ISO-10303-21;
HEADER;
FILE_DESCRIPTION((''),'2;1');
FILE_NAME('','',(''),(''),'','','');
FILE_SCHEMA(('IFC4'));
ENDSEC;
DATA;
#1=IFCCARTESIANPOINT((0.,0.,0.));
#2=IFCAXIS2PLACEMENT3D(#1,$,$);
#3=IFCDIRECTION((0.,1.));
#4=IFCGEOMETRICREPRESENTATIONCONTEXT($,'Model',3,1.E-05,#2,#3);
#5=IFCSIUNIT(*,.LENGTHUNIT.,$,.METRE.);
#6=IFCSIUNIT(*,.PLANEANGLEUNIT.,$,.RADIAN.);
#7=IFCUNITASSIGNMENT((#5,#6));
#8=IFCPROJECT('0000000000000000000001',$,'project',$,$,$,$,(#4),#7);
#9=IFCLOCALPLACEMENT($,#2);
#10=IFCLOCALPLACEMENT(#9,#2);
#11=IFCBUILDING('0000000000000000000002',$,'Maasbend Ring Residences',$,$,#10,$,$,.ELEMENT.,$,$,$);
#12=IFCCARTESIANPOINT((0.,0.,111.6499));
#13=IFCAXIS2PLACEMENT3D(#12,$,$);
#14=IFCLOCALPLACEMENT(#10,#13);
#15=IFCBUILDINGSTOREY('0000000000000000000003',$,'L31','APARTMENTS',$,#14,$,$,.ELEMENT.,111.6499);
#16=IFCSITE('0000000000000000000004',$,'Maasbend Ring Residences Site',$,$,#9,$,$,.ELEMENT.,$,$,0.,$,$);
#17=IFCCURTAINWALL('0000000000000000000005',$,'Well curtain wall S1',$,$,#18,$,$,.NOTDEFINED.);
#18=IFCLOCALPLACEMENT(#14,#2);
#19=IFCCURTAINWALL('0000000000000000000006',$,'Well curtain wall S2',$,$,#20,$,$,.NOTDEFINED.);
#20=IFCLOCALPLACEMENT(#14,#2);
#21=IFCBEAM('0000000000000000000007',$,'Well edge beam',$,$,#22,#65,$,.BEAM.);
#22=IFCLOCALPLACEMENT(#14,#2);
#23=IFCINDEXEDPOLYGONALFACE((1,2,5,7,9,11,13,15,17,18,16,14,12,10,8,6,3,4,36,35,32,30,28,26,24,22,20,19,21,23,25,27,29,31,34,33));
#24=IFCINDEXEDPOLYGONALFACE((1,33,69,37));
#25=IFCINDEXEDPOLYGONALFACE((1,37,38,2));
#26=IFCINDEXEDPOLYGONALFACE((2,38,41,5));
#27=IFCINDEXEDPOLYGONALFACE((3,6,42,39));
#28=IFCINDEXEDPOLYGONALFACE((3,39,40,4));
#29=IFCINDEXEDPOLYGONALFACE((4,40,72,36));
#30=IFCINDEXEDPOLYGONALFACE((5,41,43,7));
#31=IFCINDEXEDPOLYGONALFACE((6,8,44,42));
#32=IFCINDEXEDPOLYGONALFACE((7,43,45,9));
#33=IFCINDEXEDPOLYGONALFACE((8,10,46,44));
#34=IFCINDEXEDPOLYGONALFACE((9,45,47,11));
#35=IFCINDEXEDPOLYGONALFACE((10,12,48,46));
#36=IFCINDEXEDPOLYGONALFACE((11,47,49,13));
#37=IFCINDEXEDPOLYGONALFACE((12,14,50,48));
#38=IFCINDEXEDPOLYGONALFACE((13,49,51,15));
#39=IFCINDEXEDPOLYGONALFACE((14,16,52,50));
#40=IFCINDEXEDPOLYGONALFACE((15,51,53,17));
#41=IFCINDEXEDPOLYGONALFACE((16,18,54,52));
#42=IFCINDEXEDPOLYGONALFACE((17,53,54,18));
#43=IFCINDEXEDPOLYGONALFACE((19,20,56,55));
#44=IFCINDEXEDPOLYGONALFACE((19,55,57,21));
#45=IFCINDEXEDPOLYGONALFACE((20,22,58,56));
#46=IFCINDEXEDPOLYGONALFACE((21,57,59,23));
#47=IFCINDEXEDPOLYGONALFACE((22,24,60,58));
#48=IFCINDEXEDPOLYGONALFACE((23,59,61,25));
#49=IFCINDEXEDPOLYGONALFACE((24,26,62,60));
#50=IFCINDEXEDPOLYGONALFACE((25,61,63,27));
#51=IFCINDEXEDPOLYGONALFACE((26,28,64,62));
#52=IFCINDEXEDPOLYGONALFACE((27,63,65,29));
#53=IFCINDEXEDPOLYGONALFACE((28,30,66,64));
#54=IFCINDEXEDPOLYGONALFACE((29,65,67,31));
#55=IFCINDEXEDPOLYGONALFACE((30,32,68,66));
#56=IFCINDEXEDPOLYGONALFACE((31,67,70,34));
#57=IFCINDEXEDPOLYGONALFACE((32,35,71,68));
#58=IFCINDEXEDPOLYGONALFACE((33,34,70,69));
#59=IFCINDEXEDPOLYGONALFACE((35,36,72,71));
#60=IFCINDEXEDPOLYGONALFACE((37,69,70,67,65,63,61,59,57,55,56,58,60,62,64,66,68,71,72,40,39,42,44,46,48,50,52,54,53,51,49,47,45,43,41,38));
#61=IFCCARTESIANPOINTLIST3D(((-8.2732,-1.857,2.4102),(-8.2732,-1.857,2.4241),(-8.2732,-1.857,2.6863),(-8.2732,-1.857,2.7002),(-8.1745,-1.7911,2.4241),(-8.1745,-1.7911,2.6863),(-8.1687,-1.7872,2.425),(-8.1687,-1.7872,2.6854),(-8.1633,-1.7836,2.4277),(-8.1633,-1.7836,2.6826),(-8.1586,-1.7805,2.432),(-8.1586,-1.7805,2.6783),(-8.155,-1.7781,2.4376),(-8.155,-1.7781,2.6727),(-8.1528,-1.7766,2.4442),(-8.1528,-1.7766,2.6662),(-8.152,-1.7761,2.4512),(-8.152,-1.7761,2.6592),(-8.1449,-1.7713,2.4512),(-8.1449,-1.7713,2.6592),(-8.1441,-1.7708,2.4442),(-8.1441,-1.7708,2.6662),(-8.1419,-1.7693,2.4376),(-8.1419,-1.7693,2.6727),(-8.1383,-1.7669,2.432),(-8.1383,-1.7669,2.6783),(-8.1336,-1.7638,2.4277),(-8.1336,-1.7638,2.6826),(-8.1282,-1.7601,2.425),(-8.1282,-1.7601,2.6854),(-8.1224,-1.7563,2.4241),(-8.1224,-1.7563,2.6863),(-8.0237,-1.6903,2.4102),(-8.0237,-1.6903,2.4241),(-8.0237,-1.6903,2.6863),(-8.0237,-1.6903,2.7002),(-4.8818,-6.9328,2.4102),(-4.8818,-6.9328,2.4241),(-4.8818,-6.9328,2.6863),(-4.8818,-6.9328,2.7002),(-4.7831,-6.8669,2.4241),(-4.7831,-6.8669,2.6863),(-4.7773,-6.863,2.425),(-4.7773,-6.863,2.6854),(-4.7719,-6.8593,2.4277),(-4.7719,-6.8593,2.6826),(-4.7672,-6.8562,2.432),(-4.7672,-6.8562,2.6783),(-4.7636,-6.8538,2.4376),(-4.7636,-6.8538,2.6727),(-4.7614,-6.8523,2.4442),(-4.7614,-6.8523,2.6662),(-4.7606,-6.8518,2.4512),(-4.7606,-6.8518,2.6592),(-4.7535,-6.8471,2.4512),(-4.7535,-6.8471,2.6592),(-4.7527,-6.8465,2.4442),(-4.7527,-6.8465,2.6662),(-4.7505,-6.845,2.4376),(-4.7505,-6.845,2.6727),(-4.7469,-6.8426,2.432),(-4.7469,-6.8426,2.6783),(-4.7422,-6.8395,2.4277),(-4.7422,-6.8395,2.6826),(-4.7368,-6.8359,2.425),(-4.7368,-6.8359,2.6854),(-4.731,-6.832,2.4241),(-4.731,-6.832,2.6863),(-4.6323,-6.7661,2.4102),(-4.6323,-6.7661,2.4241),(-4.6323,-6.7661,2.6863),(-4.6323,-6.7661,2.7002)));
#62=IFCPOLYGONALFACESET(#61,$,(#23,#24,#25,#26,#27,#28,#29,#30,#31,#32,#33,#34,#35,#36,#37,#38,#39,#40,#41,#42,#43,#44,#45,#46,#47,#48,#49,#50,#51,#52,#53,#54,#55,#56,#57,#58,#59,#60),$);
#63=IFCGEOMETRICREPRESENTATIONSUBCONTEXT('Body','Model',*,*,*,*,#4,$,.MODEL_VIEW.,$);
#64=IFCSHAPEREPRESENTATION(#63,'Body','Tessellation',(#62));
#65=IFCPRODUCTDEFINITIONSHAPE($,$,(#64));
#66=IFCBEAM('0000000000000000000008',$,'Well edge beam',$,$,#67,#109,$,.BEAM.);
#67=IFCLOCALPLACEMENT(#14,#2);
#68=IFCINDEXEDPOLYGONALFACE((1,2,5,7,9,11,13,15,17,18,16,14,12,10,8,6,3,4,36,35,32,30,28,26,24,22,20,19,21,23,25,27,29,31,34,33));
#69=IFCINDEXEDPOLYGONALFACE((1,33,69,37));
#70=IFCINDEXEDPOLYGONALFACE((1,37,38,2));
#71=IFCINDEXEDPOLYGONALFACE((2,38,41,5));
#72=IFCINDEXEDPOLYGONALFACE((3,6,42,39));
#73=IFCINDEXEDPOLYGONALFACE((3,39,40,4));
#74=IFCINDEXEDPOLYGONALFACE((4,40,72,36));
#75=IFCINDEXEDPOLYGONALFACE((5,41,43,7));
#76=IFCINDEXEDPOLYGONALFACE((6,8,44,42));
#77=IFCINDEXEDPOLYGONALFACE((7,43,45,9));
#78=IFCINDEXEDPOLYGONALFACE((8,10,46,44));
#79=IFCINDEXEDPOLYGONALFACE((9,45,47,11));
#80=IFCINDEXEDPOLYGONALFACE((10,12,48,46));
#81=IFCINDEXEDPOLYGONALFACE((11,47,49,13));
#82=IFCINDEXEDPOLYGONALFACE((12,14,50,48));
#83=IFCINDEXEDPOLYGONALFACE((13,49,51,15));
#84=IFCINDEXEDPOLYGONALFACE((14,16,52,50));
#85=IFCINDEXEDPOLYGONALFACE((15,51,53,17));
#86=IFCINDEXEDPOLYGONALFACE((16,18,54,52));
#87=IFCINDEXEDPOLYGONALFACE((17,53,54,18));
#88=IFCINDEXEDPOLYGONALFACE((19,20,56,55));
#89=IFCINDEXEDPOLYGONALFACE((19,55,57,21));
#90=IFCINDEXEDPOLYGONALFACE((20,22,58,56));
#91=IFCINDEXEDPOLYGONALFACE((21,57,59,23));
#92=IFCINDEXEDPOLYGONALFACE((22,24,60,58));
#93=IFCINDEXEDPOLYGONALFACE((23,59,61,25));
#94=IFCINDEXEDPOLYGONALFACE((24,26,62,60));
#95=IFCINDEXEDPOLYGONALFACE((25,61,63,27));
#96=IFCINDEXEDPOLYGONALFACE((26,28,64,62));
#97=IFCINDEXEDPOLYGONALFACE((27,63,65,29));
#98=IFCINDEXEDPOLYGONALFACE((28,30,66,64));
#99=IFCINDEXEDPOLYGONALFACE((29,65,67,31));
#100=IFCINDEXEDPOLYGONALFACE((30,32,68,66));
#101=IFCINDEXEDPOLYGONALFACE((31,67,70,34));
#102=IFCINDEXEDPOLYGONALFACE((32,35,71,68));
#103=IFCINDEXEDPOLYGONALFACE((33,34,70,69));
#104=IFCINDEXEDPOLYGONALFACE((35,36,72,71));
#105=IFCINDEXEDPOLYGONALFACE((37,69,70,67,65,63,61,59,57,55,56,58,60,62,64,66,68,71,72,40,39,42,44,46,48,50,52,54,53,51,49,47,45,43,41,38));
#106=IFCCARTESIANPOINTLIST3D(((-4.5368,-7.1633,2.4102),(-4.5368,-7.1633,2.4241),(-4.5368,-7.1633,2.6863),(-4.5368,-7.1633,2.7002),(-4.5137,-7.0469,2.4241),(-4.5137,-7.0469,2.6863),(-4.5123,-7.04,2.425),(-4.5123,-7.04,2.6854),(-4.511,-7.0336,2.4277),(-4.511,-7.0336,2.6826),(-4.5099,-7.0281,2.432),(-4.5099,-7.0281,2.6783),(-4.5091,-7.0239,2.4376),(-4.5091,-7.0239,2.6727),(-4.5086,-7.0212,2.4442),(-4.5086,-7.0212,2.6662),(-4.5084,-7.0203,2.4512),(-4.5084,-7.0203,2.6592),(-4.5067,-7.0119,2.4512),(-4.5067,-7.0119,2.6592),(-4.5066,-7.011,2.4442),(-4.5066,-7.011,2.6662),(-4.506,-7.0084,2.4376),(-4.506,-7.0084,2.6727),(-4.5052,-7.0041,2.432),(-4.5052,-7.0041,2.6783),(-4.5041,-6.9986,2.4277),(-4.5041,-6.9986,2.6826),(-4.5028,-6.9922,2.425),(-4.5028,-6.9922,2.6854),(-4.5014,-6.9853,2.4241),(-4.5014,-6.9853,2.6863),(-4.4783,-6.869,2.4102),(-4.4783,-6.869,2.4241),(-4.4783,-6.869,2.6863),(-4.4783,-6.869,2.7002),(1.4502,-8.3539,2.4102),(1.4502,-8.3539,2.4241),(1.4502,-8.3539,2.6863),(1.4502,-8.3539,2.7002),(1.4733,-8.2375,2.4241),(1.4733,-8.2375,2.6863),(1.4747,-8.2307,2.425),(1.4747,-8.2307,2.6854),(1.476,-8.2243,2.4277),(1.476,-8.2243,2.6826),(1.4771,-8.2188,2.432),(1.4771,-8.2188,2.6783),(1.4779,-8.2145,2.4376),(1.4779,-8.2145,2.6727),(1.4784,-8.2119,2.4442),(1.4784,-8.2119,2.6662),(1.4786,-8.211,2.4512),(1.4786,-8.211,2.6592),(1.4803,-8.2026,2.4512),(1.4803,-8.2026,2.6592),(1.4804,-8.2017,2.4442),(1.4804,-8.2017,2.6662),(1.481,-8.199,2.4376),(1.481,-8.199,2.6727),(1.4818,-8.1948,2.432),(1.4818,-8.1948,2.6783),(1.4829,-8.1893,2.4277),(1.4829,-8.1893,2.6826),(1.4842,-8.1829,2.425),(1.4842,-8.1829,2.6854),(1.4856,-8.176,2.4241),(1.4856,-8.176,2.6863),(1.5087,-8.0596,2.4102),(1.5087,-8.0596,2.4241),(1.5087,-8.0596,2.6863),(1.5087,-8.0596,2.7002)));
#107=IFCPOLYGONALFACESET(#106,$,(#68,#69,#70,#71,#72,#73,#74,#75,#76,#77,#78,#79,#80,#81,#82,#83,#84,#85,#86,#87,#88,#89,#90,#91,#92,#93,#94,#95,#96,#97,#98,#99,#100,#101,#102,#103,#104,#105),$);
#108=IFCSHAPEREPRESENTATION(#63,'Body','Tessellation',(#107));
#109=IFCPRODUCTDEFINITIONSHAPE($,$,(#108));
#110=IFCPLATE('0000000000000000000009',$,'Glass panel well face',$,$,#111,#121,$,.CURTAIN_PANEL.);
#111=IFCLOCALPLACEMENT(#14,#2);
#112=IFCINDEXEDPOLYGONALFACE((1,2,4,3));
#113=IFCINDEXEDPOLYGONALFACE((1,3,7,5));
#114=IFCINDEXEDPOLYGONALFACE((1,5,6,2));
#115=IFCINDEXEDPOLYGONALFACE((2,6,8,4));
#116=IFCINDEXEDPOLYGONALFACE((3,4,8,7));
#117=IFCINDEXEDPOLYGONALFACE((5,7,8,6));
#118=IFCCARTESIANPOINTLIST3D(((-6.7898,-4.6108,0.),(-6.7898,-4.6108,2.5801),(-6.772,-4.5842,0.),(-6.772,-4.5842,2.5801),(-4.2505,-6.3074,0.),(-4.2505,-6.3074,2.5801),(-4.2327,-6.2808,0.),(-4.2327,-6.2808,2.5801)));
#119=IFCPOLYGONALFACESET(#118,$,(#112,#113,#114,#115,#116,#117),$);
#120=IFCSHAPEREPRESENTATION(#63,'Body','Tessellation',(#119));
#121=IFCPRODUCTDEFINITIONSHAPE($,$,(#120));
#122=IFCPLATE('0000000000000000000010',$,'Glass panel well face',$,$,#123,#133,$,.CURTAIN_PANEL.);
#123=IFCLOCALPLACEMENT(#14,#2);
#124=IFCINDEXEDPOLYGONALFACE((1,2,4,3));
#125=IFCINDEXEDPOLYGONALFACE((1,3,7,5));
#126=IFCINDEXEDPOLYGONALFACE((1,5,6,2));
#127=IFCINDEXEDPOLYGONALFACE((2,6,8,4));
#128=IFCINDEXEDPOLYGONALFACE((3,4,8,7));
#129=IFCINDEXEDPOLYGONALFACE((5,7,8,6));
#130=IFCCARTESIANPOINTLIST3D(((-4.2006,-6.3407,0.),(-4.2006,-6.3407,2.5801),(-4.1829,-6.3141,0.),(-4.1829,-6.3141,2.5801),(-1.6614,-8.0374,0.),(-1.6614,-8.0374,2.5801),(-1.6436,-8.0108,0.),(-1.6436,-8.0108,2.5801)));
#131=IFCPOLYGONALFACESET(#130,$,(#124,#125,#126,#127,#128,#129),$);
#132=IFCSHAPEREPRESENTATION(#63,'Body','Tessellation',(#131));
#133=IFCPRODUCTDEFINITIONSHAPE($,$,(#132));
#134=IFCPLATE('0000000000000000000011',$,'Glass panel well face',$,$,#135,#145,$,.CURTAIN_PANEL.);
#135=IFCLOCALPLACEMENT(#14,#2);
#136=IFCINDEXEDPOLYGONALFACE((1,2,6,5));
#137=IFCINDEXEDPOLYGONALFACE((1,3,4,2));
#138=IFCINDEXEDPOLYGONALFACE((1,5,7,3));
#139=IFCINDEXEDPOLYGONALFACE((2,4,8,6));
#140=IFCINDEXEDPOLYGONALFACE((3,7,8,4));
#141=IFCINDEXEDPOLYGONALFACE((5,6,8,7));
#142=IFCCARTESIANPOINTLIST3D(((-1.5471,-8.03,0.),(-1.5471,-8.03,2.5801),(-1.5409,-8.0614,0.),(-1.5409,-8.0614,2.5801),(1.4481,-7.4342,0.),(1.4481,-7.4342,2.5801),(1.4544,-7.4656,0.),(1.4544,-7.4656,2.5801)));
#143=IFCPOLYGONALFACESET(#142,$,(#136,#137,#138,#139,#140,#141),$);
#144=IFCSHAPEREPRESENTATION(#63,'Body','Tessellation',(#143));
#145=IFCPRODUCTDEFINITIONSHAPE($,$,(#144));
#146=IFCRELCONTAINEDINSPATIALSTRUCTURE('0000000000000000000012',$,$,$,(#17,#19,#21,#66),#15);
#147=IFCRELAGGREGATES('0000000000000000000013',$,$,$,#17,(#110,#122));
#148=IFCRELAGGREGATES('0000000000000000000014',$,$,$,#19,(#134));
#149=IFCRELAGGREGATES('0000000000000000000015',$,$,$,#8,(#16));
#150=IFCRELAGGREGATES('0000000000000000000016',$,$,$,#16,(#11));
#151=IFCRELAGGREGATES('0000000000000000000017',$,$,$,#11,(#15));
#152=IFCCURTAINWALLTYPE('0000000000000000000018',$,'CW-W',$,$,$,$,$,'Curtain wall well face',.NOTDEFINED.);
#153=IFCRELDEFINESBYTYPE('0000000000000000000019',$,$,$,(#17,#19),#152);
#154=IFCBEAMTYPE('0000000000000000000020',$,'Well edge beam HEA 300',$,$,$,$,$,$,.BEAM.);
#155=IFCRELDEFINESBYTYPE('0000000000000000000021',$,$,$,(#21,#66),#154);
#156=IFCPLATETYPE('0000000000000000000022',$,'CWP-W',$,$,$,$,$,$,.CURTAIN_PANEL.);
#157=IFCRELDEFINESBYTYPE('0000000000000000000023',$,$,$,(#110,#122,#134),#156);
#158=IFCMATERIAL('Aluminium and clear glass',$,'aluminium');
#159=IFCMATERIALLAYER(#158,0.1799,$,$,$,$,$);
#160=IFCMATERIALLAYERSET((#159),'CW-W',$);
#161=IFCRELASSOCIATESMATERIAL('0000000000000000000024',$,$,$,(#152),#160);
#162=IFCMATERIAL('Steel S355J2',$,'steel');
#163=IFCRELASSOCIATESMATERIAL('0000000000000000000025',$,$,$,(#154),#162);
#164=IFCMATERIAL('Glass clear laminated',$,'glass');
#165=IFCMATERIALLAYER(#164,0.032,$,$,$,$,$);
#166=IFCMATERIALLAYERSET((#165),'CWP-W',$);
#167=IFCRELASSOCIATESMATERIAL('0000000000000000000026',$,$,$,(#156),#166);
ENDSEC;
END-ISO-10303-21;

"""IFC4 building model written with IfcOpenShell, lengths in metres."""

from ifc_helpers import new_model, si_unit, direction, frame, origin, origin_2d, place, context, subcontext, project, spatial, rectangle, i_section, extrude, material, layer, layer_set, material_profile, profile_set, type_object, element, aggregate, save


model = new_model("IFC4")

# Units and contexts
model_context = context("Model", 3, precision=1e-05, world=origin(), true_north=direction((0.0, 1.0)))
body_context = subcontext(model_context, "Body", "Model", "MODEL_VIEW")
ifc_project = project(units=[si_unit("LENGTHUNIT", "METRE"), si_unit("PLANEANGLEUNIT", "RADIAN")], contexts=[model_context])

# Site, building, storey
site_placement = place(None, origin())
site = spatial("IfcSite", under=ifc_project, at=site_placement, Name="Maasbend Ring Residences Site", CompositionType="ELEMENT", RefElevation=0.0)
building_placement = place(site_placement, origin())
building = spatial("IfcBuilding", under=site, at=building_placement, Name="Maasbend Ring Residences", CompositionType="ELEMENT")
storey_placement = place(building_placement, frame((0.0, 0.0, 111.6499)))
storey = spatial("IfcBuildingStorey", under=building, at=storey_placement, Name="L31", Description="APARTMENTS", CompositionType="ELEMENT", Elevation=111.6499)

# Curtain wall
ifc_material_1 = material(Name="Aluminium and clear glass", Category="aluminium")
ifc_layer_1 = layer(ifc_material_1, 0.1799)
ifc_layer_set_1 = layer_set([ifc_layer_1], Name="CW-W")
curtain_wall_type = type_object("IfcCurtainWallType", Name="CW-W", ElementType="Curtain wall well face", PredefinedType="NOTDEFINED", material=ifc_layer_set_1)
curtain_wall_1_placement = place(storey_placement, origin())
curtain_wall_1 = element("IfcCurtainWall", 1, at=curtain_wall_1_placement, inside=storey, type_object=curtain_wall_type, Name="Well curtain wall S1", PredefinedType="NOTDEFINED")

# Curtain wall
curtain_wall_2_placement = place(storey_placement, origin())
curtain_wall_2 = element("IfcCurtainWall", 2, at=curtain_wall_2_placement, inside=storey, type_object=curtain_wall_type, Name="Well curtain wall S2", PredefinedType="NOTDEFINED")

# Beams
ifc_material_2 = material(Name="Steel S355J2", Category="steel")
ifc_material_profile_1 = material_profile(ifc_material_2, i_section(OverallWidth=0.3, OverallDepth=0.29, WebThickness=0.0085, FlangeThickness=0.0139, FilletRadius=0.0271, at=origin_2d()), Name="HEA 300")
ifc_profile_set_1 = profile_set([ifc_material_profile_1], Name="Steel S355J2")
beam_type = type_object("IfcBeamType", Name="Well edge beam HEA 300", PredefinedType="BEAM", material=ifc_profile_set_1)
beam_1_placement = place(storey_placement, frame((-8.1484, -1.7737, 2.5552), z_axis=(0.555558, -0.831478, 0.0), x_axis=(0.831478, 0.555558, 0.0)))
element("IfcBeam", 3, at=beam_1_placement, inside=storey, type_object=beam_type, Name="Well edge beam", PredefinedType="BEAM", context=body_context, shape_type="SweptSolid", body=[
    extrude(i_section(OverallWidth=0.3, OverallDepth=0.29, WebThickness=0.0085, FlangeThickness=0.0139, FilletRadius=0.0271, at=origin_2d()), origin(), (0.0, 0.0, 1.0), 6.1045),
])
beam_2_placement = place(storey_placement, frame((-4.5076, -7.0161, 2.5552), z_axis=(0.980792, -0.195055, 0.0), x_axis=(0.195055, 0.980792, 0.0)))
element("IfcBeam", 4, at=beam_2_placement, inside=storey, type_object=beam_type, Name="Well edge beam", PredefinedType="BEAM", context=body_context, shape_type="SweptSolid", body=[
    extrude(i_section(OverallWidth=0.3, OverallDepth=0.29, WebThickness=0.0085, FlangeThickness=0.0139, FilletRadius=0.0271, at=origin_2d()), origin(), (0.0, 0.0, 1.0), 6.1042),
])

# Plates
ifc_material_3 = material(Name="Glass clear laminated", Category="glass")
ifc_layer_2 = layer(ifc_material_3, 0.032)
ifc_layer_set_2 = layer_set([ifc_layer_2], Name="CWP-W")
plate_type = type_object("IfcPlateType", Name="CWP-W", PredefinedType="CURTAIN_PANEL", material=ifc_layer_set_2)
plate_1_placement = place(storey_placement, frame((-5.5112, -5.4458, 0.0), z_axis=(0.0, 0.0, 1.0), x_axis=(0.83147, -0.55557, 0.0)))
plate_1 = element("IfcPlate", 5, at=plate_1_placement, type_object=plate_type, Name="Glass panel well face", PredefinedType="CURTAIN_PANEL", context=body_context, shape_type="SweptSolid", body=[
    extrude(rectangle(XDim=3.054, YDim=0.032, at=origin_2d()), origin(), (0.0, 0.0, 1.0), 2.5801),
])
plate_2_placement = place(storey_placement, frame((-2.9221, -7.1758, 0.0), z_axis=(0.0, 0.0, 1.0), x_axis=(0.83147, -0.55557, 0.0)))
plate_2 = element("IfcPlate", 6, at=plate_2_placement, type_object=plate_type, Name="Glass panel well face", PredefinedType="CURTAIN_PANEL", context=body_context, shape_type="SweptSolid", body=[
    extrude(rectangle(XDim=3.054, YDim=0.032, at=origin_2d()), origin(), (0.0, 0.0, 1.0), 2.5801),
])
aggregate(curtain_wall_1, [plate_1, plate_2])
plate_3_placement = place(storey_placement, frame((-0.0464, -7.7478, 0.0), z_axis=(0.0, 0.0, 1.0), x_axis=(0.980785, 0.19509, 0.0)))
plate_3 = element("IfcPlate", 7, at=plate_3_placement, type_object=plate_type, Name="Glass panel well face", PredefinedType="CURTAIN_PANEL", context=body_context, shape_type="SweptSolid", body=[
    extrude(rectangle(XDim=3.054, YDim=0.032, at=origin_2d()), origin(), (0.0, 0.0, 1.0), 2.5801),
])
aggregate(curtain_wall_2, [plate_3])

save(model, "model.ifc")
